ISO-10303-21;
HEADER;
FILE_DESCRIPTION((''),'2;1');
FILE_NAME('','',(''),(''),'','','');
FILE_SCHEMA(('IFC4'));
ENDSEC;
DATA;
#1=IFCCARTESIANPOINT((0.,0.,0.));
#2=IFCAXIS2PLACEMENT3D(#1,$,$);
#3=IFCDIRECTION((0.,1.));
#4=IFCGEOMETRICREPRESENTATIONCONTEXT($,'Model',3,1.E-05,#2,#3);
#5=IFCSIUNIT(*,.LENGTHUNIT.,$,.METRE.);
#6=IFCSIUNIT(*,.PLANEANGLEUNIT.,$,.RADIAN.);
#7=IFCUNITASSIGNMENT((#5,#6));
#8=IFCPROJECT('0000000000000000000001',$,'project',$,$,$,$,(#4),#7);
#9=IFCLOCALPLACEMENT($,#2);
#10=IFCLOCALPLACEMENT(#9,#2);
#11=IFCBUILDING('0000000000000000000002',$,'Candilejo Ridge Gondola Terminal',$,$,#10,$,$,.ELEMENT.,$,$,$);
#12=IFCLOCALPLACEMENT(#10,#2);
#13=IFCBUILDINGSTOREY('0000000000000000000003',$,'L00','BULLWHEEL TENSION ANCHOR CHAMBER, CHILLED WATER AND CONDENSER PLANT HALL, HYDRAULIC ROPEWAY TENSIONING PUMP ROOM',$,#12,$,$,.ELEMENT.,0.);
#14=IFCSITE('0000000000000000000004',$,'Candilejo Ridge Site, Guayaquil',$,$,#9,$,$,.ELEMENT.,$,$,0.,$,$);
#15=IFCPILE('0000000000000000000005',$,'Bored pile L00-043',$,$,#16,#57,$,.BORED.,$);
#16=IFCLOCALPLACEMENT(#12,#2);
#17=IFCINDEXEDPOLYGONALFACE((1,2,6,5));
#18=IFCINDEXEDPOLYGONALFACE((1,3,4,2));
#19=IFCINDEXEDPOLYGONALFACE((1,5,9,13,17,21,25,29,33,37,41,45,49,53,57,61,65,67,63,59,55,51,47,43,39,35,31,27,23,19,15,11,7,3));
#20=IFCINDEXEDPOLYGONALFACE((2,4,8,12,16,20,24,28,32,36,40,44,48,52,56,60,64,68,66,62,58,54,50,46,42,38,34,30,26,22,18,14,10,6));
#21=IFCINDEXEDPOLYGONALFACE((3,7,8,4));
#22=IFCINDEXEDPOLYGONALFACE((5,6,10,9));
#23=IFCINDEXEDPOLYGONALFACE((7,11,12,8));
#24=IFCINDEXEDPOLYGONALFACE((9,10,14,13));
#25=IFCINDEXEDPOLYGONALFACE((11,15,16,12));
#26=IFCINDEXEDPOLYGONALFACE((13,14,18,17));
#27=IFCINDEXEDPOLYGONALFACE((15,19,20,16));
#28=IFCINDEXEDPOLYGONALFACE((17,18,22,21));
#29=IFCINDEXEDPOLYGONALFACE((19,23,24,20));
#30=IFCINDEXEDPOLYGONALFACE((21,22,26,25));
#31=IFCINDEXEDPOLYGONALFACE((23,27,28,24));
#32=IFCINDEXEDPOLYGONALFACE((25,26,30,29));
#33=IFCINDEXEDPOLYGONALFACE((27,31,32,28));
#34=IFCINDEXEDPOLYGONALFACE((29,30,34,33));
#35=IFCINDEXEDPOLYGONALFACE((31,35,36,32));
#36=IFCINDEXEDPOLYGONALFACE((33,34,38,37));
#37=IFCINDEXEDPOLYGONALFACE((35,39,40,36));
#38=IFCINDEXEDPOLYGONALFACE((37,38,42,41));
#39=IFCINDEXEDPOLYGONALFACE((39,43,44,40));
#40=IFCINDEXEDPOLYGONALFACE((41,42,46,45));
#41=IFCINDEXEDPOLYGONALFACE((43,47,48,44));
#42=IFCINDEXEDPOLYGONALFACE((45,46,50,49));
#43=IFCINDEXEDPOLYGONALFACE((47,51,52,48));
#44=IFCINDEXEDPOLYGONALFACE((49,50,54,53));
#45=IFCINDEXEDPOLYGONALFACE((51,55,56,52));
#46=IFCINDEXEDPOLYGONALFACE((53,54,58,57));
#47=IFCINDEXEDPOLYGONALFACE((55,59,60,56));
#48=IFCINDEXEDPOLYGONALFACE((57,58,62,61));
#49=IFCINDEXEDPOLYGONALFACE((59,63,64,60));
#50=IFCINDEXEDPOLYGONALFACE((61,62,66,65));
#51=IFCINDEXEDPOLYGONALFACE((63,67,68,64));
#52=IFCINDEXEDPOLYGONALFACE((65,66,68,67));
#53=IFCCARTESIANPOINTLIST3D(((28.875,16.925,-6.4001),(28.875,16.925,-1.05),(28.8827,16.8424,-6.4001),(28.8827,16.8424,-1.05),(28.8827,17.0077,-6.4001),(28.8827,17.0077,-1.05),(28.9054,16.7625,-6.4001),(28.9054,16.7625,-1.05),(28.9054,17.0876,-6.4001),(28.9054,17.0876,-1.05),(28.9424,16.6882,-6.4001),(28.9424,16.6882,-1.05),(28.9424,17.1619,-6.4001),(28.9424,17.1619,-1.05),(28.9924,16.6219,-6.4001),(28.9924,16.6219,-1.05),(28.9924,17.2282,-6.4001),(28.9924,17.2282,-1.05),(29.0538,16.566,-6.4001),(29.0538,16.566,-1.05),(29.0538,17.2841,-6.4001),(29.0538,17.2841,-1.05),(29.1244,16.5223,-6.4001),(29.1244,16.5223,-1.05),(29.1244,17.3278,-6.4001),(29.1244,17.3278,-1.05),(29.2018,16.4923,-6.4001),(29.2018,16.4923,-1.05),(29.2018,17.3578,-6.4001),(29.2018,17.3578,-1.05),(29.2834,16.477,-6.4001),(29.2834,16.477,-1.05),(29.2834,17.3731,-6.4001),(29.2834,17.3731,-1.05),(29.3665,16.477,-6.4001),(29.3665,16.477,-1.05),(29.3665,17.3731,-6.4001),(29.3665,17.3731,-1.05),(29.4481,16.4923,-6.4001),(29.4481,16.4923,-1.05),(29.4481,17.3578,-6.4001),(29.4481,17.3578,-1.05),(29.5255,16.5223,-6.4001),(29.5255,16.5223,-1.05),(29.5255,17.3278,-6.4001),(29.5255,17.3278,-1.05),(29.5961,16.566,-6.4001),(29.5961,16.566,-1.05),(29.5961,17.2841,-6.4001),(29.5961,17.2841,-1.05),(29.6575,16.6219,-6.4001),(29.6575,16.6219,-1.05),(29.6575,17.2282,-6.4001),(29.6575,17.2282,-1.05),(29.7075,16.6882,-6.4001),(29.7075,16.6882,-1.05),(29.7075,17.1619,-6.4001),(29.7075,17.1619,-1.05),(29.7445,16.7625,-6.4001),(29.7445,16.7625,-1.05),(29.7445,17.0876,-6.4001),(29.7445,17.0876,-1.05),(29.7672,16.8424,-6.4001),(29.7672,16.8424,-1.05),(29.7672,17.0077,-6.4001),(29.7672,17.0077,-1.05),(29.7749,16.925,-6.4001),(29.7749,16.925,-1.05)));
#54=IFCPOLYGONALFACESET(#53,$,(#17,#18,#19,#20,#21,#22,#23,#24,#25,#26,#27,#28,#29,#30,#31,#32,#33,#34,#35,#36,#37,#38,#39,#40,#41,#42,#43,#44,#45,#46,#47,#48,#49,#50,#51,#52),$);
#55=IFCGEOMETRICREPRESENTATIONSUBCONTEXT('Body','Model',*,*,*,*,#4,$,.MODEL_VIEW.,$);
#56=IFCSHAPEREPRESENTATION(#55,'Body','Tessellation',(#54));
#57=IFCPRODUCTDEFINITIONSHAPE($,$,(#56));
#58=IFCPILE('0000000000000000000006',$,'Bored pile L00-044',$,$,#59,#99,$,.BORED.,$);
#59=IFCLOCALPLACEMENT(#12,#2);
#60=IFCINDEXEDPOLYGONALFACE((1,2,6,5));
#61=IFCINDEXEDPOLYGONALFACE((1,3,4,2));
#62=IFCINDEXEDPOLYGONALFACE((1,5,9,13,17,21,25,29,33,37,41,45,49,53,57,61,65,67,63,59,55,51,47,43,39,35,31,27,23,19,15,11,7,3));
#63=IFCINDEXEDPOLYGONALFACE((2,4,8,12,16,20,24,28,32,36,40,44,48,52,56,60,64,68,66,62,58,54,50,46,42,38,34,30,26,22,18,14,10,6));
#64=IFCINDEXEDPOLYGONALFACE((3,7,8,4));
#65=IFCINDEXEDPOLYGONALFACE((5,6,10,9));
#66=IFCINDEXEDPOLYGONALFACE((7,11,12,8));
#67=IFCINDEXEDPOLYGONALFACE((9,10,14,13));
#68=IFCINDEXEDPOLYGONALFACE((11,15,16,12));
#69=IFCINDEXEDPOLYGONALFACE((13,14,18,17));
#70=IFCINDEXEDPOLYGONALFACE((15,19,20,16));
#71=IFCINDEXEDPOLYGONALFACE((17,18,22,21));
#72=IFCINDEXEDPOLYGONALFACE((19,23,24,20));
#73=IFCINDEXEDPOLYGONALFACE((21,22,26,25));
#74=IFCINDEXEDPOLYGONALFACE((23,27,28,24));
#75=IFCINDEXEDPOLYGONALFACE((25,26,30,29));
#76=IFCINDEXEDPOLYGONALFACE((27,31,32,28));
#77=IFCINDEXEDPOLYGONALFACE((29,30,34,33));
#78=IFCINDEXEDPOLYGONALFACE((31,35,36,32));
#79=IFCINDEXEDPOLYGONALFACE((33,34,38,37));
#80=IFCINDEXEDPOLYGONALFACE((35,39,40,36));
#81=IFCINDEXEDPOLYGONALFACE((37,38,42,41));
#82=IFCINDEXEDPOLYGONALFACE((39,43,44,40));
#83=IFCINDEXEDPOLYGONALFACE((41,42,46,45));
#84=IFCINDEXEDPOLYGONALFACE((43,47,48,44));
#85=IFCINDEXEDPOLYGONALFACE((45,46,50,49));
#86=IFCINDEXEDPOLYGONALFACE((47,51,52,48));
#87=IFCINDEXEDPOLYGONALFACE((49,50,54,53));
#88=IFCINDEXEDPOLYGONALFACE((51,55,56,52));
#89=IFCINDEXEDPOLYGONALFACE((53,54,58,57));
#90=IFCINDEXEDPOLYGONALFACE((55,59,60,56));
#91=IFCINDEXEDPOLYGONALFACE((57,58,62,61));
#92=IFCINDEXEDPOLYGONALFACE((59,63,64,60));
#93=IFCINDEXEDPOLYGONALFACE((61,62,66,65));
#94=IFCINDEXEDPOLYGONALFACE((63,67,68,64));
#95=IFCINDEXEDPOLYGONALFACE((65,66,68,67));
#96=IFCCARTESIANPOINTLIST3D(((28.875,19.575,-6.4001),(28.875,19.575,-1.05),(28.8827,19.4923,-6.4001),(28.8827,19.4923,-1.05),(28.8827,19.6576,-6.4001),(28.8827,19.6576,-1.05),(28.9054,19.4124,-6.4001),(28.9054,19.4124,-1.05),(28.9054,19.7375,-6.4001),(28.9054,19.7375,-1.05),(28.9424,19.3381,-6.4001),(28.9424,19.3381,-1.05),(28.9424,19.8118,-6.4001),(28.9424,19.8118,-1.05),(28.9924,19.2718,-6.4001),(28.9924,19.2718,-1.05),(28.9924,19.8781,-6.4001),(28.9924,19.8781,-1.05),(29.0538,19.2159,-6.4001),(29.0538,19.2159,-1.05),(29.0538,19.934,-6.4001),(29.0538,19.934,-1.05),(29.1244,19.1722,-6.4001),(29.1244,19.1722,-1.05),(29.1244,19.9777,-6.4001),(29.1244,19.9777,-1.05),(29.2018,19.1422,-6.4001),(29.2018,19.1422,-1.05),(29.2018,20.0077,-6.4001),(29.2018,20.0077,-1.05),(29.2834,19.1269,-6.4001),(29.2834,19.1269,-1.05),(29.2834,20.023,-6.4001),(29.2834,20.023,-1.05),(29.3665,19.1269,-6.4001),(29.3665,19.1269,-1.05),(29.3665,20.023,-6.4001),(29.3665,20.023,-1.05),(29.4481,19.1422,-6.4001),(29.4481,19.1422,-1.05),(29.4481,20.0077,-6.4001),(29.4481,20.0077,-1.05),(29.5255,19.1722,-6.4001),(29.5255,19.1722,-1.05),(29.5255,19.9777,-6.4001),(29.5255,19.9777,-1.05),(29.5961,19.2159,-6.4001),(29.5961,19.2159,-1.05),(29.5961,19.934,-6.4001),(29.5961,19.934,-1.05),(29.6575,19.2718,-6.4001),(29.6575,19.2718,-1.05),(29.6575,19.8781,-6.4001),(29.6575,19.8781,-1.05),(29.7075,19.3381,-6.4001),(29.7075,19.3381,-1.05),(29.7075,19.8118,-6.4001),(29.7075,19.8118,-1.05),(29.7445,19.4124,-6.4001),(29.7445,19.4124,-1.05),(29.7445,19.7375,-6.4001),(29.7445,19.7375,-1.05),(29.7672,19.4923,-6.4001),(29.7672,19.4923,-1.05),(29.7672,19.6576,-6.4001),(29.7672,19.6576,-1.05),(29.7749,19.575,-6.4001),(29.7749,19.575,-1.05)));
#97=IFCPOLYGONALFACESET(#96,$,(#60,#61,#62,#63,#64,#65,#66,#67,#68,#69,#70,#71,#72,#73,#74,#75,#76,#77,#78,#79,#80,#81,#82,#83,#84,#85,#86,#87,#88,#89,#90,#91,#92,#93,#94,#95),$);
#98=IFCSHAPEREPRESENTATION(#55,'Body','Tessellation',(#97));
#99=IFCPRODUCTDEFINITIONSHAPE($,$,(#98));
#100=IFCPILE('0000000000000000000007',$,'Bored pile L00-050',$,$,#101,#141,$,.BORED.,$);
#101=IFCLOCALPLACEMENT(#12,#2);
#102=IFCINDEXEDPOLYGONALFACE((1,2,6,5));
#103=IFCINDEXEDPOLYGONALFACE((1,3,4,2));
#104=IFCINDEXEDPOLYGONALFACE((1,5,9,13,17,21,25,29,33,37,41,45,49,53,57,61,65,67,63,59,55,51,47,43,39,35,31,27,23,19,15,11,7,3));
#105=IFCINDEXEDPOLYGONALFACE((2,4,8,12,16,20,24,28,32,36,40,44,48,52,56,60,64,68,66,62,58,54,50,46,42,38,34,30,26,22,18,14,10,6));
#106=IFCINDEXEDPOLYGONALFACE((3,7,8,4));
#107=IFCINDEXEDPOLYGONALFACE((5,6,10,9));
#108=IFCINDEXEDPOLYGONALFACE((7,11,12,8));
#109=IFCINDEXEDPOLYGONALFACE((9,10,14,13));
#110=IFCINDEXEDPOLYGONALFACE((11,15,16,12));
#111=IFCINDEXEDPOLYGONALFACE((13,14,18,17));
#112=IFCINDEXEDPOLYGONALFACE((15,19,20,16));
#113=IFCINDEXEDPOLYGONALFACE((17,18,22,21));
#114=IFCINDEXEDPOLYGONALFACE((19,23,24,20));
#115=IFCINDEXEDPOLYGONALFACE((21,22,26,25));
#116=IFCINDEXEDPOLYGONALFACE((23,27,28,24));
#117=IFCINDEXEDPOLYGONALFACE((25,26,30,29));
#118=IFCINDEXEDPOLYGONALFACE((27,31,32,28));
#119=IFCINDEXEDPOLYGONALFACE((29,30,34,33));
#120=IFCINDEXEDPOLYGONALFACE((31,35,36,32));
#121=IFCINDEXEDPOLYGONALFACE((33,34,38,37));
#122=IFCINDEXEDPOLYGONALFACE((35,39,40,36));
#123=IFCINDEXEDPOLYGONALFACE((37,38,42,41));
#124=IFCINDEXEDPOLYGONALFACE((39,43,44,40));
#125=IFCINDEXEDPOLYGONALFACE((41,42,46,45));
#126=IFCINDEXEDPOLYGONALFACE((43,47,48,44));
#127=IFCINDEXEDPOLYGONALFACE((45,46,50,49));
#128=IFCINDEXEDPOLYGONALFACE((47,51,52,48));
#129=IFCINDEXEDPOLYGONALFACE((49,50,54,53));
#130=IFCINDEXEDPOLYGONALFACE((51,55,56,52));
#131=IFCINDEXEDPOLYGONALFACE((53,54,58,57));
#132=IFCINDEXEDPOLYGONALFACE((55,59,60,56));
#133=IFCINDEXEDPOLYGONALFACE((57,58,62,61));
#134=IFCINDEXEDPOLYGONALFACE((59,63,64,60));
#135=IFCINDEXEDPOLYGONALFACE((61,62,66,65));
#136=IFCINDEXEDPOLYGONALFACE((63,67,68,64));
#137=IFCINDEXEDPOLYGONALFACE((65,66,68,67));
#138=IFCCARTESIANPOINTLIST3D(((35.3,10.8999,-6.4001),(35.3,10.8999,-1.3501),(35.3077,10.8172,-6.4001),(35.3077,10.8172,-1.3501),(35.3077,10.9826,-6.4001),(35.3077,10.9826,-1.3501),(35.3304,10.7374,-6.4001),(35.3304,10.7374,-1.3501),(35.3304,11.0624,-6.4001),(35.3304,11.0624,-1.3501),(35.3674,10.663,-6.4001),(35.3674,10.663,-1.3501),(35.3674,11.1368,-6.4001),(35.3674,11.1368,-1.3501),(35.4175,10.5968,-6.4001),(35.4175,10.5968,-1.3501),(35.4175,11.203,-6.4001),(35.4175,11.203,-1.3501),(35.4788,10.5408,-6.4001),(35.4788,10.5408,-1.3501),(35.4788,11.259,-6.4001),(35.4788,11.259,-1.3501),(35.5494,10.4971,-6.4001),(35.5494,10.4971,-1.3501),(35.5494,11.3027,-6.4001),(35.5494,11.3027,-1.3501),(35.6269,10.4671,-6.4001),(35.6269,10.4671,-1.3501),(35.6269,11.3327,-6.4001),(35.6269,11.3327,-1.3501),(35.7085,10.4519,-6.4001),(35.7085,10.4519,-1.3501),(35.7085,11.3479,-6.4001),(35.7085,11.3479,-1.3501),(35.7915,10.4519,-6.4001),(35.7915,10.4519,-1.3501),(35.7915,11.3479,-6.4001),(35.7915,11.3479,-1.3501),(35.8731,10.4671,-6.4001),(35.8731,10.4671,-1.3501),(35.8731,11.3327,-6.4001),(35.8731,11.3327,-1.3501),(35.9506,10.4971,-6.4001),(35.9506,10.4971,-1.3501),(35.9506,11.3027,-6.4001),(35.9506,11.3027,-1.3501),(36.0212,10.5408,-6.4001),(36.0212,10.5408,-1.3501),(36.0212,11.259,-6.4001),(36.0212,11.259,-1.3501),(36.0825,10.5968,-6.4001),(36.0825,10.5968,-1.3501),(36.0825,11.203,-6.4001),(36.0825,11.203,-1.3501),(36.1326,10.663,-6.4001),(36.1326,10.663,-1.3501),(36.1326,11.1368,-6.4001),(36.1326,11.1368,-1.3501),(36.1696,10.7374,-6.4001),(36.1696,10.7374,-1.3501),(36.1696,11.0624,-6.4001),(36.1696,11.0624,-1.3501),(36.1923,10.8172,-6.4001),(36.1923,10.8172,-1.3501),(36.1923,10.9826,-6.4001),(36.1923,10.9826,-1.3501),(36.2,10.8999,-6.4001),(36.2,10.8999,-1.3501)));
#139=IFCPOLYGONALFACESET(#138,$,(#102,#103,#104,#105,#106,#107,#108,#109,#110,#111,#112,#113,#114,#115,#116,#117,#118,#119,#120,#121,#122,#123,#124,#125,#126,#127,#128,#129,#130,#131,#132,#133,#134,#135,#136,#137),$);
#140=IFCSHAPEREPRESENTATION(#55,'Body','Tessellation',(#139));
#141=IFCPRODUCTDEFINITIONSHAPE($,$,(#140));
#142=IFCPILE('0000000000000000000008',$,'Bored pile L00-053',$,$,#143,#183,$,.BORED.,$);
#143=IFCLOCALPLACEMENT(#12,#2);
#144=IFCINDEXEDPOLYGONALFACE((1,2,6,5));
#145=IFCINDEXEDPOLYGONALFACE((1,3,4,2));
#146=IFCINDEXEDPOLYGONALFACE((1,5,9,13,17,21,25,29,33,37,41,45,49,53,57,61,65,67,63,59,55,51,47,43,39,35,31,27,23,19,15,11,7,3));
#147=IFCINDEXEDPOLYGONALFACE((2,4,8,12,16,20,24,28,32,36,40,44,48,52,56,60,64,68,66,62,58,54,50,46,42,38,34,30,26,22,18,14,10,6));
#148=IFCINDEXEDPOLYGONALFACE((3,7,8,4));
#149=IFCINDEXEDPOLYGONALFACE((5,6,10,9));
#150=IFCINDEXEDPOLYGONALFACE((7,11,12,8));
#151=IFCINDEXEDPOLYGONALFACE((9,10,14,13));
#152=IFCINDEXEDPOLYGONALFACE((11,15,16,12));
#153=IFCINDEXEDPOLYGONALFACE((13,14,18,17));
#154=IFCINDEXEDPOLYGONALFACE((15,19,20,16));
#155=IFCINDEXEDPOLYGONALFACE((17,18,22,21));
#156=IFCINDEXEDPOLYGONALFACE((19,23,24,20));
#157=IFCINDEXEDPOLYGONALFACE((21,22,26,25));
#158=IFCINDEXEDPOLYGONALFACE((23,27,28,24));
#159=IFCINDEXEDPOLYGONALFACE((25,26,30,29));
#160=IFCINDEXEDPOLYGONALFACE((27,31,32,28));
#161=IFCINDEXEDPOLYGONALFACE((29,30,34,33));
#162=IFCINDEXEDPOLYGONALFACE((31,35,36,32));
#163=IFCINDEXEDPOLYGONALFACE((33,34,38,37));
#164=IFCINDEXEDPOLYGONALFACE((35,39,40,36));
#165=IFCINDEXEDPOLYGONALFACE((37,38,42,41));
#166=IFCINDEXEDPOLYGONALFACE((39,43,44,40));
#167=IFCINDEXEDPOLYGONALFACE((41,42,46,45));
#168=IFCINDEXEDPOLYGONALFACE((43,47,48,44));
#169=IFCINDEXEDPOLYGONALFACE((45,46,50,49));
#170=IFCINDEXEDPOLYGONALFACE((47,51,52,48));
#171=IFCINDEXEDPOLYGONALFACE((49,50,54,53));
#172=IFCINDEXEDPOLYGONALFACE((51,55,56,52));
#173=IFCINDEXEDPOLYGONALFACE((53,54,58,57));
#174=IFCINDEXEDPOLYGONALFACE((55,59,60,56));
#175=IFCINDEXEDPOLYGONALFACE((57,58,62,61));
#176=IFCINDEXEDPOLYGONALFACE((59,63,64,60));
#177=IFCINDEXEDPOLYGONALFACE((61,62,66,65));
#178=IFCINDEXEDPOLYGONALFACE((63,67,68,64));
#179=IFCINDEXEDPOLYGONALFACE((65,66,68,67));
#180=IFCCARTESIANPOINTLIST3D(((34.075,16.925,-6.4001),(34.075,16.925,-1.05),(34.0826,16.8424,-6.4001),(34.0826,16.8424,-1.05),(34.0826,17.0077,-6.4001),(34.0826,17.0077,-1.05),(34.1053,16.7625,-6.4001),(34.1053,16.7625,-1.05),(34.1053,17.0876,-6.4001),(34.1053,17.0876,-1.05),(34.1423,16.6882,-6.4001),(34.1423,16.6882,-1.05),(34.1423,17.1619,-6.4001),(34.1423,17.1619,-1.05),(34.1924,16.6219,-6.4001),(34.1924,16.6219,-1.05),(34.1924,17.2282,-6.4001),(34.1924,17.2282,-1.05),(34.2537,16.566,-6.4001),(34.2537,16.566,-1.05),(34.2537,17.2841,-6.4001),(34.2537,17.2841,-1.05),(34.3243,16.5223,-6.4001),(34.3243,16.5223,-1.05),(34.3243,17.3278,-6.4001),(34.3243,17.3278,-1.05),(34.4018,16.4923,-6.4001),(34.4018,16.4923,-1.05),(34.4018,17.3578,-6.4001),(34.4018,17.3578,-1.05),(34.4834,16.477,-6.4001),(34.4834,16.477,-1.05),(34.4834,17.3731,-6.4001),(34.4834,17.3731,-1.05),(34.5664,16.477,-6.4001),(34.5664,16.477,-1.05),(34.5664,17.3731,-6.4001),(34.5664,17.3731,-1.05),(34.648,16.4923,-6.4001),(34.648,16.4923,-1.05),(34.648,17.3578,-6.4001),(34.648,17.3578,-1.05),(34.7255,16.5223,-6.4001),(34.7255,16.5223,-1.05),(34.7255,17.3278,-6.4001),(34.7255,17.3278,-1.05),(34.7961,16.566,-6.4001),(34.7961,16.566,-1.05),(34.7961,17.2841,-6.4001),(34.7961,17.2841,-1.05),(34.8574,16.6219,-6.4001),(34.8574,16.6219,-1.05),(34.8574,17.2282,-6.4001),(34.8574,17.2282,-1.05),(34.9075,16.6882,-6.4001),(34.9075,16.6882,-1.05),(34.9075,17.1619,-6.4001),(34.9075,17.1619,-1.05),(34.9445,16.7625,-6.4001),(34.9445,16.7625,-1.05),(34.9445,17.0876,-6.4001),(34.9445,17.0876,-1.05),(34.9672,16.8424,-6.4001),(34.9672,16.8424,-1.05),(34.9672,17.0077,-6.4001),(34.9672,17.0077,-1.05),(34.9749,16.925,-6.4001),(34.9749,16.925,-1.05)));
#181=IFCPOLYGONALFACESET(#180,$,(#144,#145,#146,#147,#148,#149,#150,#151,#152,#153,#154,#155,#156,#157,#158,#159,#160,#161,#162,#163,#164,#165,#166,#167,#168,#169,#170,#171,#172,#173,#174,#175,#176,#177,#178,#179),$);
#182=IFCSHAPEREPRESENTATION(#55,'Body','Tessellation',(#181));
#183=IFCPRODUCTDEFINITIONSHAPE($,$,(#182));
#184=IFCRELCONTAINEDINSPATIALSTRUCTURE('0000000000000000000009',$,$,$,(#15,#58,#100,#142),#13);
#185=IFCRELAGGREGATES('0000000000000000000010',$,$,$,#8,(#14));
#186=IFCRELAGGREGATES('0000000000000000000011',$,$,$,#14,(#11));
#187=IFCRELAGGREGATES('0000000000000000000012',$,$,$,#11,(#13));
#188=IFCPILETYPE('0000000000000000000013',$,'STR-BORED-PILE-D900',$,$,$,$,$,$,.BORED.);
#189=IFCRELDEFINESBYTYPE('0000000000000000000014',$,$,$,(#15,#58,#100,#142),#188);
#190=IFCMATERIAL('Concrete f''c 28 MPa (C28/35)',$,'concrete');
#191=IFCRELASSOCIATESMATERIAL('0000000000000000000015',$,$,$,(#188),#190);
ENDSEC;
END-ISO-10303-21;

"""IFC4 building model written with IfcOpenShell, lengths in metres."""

from ifc_helpers import new_model, si_unit, direction, frame, origin, origin_2d, place, context, subcontext, project, spatial, circle, extrude, material, material_profile, profile_set, type_object, element, save


model = new_model("IFC4")

# Units and contexts
model_context = context("Model", 3, precision=1e-05, world=origin(), true_north=direction((0.0, 1.0)))
body_context = subcontext(model_context, "Body", "Model", "MODEL_VIEW")
ifc_project = project(units=[si_unit("LENGTHUNIT", "METRE"), si_unit("PLANEANGLEUNIT", "RADIAN")], contexts=[model_context])

# Site, building, storey
site_placement = place(None, origin())
site = spatial("IfcSite", under=ifc_project, at=site_placement, Name="Candilejo Ridge Site, Guayaquil", CompositionType="ELEMENT", RefElevation=0.0)
building_placement = place(site_placement, origin())
building = spatial("IfcBuilding", under=site, at=building_placement, Name="Candilejo Ridge Gondola Terminal", CompositionType="ELEMENT")
storey_placement = place(building_placement, origin())
storey = spatial("IfcBuildingStorey", under=building, at=storey_placement, Name="L00", Description="BULLWHEEL TENSION ANCHOR CHAMBER, CHILLED WATER AND CONDENSER PLANT HALL, HYDRAULIC ROPEWAY TENSIONING PUMP ROOM", CompositionType="ELEMENT", Elevation=0.0)

# Piles
ifc_material_1 = material(Name="Concrete f'c 28 MPa (C28/35)", Category="concrete")
ifc_material_profile_1 = material_profile(ifc_material_1, circle(Radius=0.45, at=origin_2d()))
ifc_profile_set_1 = profile_set([ifc_material_profile_1], Name="Concrete f'c 28 MPa (C28/35)")
pile_type = type_object("IfcPileType", Name="STR-BORED-PILE-D900", PredefinedType="BORED", material=ifc_profile_set_1)
for number, where, z_axis, x_axis, name in (
    (1, (29.325, 16.925, -1.05), (0.0, 0.0, -1.0), (1.0, 0.0, 0.0), "Bored pile L00-043"),
    (2, (29.325, 19.575, -1.05), (0.0, 0.0, -1.0), (1.0, 0.0, 0.0), "Bored pile L00-044"),
):
    element("IfcPile", number, at=place(storey_placement, frame(where, z_axis=z_axis, x_axis=x_axis)), inside=storey, type_object=pile_type, Name=name, PredefinedType="BORED", context=body_context, shape_type="SweptSolid", body=[
        extrude(circle(Radius=0.45, at=origin_2d()), origin(), (0.0, 0.0, 1.0), 5.3501),
    ])
pile_placement = place(storey_placement, frame((35.75, 10.8999, -1.3501), z_axis=(0.0, 0.0, -1.0), x_axis=(1.0, 0.0, 0.0)))
element("IfcPile", 3, at=pile_placement, inside=storey, type_object=pile_type, Name="Bored pile L00-050", PredefinedType="BORED", context=body_context, shape_type="SweptSolid", body=[
    extrude(circle(Radius=0.45, at=origin_2d()), origin(), (0.0, 0.0, 1.0), 5.05),
])
for number, where, z_axis, x_axis, name in (
    (4, (34.5249, 16.925, -1.05), (0.0, 0.0, -1.0), (1.0, 0.0, 0.0), "Bored pile L00-053"),
):
    element("IfcPile", number, at=place(storey_placement, frame(where, z_axis=z_axis, x_axis=x_axis)), inside=storey, type_object=pile_type, Name=name, PredefinedType="BORED", context=body_context, shape_type="SweptSolid", body=[
        extrude(circle(Radius=0.45, at=origin_2d()), origin(), (0.0, 0.0, 1.0), 5.3501),
    ])

save(model, "model.ifc")
